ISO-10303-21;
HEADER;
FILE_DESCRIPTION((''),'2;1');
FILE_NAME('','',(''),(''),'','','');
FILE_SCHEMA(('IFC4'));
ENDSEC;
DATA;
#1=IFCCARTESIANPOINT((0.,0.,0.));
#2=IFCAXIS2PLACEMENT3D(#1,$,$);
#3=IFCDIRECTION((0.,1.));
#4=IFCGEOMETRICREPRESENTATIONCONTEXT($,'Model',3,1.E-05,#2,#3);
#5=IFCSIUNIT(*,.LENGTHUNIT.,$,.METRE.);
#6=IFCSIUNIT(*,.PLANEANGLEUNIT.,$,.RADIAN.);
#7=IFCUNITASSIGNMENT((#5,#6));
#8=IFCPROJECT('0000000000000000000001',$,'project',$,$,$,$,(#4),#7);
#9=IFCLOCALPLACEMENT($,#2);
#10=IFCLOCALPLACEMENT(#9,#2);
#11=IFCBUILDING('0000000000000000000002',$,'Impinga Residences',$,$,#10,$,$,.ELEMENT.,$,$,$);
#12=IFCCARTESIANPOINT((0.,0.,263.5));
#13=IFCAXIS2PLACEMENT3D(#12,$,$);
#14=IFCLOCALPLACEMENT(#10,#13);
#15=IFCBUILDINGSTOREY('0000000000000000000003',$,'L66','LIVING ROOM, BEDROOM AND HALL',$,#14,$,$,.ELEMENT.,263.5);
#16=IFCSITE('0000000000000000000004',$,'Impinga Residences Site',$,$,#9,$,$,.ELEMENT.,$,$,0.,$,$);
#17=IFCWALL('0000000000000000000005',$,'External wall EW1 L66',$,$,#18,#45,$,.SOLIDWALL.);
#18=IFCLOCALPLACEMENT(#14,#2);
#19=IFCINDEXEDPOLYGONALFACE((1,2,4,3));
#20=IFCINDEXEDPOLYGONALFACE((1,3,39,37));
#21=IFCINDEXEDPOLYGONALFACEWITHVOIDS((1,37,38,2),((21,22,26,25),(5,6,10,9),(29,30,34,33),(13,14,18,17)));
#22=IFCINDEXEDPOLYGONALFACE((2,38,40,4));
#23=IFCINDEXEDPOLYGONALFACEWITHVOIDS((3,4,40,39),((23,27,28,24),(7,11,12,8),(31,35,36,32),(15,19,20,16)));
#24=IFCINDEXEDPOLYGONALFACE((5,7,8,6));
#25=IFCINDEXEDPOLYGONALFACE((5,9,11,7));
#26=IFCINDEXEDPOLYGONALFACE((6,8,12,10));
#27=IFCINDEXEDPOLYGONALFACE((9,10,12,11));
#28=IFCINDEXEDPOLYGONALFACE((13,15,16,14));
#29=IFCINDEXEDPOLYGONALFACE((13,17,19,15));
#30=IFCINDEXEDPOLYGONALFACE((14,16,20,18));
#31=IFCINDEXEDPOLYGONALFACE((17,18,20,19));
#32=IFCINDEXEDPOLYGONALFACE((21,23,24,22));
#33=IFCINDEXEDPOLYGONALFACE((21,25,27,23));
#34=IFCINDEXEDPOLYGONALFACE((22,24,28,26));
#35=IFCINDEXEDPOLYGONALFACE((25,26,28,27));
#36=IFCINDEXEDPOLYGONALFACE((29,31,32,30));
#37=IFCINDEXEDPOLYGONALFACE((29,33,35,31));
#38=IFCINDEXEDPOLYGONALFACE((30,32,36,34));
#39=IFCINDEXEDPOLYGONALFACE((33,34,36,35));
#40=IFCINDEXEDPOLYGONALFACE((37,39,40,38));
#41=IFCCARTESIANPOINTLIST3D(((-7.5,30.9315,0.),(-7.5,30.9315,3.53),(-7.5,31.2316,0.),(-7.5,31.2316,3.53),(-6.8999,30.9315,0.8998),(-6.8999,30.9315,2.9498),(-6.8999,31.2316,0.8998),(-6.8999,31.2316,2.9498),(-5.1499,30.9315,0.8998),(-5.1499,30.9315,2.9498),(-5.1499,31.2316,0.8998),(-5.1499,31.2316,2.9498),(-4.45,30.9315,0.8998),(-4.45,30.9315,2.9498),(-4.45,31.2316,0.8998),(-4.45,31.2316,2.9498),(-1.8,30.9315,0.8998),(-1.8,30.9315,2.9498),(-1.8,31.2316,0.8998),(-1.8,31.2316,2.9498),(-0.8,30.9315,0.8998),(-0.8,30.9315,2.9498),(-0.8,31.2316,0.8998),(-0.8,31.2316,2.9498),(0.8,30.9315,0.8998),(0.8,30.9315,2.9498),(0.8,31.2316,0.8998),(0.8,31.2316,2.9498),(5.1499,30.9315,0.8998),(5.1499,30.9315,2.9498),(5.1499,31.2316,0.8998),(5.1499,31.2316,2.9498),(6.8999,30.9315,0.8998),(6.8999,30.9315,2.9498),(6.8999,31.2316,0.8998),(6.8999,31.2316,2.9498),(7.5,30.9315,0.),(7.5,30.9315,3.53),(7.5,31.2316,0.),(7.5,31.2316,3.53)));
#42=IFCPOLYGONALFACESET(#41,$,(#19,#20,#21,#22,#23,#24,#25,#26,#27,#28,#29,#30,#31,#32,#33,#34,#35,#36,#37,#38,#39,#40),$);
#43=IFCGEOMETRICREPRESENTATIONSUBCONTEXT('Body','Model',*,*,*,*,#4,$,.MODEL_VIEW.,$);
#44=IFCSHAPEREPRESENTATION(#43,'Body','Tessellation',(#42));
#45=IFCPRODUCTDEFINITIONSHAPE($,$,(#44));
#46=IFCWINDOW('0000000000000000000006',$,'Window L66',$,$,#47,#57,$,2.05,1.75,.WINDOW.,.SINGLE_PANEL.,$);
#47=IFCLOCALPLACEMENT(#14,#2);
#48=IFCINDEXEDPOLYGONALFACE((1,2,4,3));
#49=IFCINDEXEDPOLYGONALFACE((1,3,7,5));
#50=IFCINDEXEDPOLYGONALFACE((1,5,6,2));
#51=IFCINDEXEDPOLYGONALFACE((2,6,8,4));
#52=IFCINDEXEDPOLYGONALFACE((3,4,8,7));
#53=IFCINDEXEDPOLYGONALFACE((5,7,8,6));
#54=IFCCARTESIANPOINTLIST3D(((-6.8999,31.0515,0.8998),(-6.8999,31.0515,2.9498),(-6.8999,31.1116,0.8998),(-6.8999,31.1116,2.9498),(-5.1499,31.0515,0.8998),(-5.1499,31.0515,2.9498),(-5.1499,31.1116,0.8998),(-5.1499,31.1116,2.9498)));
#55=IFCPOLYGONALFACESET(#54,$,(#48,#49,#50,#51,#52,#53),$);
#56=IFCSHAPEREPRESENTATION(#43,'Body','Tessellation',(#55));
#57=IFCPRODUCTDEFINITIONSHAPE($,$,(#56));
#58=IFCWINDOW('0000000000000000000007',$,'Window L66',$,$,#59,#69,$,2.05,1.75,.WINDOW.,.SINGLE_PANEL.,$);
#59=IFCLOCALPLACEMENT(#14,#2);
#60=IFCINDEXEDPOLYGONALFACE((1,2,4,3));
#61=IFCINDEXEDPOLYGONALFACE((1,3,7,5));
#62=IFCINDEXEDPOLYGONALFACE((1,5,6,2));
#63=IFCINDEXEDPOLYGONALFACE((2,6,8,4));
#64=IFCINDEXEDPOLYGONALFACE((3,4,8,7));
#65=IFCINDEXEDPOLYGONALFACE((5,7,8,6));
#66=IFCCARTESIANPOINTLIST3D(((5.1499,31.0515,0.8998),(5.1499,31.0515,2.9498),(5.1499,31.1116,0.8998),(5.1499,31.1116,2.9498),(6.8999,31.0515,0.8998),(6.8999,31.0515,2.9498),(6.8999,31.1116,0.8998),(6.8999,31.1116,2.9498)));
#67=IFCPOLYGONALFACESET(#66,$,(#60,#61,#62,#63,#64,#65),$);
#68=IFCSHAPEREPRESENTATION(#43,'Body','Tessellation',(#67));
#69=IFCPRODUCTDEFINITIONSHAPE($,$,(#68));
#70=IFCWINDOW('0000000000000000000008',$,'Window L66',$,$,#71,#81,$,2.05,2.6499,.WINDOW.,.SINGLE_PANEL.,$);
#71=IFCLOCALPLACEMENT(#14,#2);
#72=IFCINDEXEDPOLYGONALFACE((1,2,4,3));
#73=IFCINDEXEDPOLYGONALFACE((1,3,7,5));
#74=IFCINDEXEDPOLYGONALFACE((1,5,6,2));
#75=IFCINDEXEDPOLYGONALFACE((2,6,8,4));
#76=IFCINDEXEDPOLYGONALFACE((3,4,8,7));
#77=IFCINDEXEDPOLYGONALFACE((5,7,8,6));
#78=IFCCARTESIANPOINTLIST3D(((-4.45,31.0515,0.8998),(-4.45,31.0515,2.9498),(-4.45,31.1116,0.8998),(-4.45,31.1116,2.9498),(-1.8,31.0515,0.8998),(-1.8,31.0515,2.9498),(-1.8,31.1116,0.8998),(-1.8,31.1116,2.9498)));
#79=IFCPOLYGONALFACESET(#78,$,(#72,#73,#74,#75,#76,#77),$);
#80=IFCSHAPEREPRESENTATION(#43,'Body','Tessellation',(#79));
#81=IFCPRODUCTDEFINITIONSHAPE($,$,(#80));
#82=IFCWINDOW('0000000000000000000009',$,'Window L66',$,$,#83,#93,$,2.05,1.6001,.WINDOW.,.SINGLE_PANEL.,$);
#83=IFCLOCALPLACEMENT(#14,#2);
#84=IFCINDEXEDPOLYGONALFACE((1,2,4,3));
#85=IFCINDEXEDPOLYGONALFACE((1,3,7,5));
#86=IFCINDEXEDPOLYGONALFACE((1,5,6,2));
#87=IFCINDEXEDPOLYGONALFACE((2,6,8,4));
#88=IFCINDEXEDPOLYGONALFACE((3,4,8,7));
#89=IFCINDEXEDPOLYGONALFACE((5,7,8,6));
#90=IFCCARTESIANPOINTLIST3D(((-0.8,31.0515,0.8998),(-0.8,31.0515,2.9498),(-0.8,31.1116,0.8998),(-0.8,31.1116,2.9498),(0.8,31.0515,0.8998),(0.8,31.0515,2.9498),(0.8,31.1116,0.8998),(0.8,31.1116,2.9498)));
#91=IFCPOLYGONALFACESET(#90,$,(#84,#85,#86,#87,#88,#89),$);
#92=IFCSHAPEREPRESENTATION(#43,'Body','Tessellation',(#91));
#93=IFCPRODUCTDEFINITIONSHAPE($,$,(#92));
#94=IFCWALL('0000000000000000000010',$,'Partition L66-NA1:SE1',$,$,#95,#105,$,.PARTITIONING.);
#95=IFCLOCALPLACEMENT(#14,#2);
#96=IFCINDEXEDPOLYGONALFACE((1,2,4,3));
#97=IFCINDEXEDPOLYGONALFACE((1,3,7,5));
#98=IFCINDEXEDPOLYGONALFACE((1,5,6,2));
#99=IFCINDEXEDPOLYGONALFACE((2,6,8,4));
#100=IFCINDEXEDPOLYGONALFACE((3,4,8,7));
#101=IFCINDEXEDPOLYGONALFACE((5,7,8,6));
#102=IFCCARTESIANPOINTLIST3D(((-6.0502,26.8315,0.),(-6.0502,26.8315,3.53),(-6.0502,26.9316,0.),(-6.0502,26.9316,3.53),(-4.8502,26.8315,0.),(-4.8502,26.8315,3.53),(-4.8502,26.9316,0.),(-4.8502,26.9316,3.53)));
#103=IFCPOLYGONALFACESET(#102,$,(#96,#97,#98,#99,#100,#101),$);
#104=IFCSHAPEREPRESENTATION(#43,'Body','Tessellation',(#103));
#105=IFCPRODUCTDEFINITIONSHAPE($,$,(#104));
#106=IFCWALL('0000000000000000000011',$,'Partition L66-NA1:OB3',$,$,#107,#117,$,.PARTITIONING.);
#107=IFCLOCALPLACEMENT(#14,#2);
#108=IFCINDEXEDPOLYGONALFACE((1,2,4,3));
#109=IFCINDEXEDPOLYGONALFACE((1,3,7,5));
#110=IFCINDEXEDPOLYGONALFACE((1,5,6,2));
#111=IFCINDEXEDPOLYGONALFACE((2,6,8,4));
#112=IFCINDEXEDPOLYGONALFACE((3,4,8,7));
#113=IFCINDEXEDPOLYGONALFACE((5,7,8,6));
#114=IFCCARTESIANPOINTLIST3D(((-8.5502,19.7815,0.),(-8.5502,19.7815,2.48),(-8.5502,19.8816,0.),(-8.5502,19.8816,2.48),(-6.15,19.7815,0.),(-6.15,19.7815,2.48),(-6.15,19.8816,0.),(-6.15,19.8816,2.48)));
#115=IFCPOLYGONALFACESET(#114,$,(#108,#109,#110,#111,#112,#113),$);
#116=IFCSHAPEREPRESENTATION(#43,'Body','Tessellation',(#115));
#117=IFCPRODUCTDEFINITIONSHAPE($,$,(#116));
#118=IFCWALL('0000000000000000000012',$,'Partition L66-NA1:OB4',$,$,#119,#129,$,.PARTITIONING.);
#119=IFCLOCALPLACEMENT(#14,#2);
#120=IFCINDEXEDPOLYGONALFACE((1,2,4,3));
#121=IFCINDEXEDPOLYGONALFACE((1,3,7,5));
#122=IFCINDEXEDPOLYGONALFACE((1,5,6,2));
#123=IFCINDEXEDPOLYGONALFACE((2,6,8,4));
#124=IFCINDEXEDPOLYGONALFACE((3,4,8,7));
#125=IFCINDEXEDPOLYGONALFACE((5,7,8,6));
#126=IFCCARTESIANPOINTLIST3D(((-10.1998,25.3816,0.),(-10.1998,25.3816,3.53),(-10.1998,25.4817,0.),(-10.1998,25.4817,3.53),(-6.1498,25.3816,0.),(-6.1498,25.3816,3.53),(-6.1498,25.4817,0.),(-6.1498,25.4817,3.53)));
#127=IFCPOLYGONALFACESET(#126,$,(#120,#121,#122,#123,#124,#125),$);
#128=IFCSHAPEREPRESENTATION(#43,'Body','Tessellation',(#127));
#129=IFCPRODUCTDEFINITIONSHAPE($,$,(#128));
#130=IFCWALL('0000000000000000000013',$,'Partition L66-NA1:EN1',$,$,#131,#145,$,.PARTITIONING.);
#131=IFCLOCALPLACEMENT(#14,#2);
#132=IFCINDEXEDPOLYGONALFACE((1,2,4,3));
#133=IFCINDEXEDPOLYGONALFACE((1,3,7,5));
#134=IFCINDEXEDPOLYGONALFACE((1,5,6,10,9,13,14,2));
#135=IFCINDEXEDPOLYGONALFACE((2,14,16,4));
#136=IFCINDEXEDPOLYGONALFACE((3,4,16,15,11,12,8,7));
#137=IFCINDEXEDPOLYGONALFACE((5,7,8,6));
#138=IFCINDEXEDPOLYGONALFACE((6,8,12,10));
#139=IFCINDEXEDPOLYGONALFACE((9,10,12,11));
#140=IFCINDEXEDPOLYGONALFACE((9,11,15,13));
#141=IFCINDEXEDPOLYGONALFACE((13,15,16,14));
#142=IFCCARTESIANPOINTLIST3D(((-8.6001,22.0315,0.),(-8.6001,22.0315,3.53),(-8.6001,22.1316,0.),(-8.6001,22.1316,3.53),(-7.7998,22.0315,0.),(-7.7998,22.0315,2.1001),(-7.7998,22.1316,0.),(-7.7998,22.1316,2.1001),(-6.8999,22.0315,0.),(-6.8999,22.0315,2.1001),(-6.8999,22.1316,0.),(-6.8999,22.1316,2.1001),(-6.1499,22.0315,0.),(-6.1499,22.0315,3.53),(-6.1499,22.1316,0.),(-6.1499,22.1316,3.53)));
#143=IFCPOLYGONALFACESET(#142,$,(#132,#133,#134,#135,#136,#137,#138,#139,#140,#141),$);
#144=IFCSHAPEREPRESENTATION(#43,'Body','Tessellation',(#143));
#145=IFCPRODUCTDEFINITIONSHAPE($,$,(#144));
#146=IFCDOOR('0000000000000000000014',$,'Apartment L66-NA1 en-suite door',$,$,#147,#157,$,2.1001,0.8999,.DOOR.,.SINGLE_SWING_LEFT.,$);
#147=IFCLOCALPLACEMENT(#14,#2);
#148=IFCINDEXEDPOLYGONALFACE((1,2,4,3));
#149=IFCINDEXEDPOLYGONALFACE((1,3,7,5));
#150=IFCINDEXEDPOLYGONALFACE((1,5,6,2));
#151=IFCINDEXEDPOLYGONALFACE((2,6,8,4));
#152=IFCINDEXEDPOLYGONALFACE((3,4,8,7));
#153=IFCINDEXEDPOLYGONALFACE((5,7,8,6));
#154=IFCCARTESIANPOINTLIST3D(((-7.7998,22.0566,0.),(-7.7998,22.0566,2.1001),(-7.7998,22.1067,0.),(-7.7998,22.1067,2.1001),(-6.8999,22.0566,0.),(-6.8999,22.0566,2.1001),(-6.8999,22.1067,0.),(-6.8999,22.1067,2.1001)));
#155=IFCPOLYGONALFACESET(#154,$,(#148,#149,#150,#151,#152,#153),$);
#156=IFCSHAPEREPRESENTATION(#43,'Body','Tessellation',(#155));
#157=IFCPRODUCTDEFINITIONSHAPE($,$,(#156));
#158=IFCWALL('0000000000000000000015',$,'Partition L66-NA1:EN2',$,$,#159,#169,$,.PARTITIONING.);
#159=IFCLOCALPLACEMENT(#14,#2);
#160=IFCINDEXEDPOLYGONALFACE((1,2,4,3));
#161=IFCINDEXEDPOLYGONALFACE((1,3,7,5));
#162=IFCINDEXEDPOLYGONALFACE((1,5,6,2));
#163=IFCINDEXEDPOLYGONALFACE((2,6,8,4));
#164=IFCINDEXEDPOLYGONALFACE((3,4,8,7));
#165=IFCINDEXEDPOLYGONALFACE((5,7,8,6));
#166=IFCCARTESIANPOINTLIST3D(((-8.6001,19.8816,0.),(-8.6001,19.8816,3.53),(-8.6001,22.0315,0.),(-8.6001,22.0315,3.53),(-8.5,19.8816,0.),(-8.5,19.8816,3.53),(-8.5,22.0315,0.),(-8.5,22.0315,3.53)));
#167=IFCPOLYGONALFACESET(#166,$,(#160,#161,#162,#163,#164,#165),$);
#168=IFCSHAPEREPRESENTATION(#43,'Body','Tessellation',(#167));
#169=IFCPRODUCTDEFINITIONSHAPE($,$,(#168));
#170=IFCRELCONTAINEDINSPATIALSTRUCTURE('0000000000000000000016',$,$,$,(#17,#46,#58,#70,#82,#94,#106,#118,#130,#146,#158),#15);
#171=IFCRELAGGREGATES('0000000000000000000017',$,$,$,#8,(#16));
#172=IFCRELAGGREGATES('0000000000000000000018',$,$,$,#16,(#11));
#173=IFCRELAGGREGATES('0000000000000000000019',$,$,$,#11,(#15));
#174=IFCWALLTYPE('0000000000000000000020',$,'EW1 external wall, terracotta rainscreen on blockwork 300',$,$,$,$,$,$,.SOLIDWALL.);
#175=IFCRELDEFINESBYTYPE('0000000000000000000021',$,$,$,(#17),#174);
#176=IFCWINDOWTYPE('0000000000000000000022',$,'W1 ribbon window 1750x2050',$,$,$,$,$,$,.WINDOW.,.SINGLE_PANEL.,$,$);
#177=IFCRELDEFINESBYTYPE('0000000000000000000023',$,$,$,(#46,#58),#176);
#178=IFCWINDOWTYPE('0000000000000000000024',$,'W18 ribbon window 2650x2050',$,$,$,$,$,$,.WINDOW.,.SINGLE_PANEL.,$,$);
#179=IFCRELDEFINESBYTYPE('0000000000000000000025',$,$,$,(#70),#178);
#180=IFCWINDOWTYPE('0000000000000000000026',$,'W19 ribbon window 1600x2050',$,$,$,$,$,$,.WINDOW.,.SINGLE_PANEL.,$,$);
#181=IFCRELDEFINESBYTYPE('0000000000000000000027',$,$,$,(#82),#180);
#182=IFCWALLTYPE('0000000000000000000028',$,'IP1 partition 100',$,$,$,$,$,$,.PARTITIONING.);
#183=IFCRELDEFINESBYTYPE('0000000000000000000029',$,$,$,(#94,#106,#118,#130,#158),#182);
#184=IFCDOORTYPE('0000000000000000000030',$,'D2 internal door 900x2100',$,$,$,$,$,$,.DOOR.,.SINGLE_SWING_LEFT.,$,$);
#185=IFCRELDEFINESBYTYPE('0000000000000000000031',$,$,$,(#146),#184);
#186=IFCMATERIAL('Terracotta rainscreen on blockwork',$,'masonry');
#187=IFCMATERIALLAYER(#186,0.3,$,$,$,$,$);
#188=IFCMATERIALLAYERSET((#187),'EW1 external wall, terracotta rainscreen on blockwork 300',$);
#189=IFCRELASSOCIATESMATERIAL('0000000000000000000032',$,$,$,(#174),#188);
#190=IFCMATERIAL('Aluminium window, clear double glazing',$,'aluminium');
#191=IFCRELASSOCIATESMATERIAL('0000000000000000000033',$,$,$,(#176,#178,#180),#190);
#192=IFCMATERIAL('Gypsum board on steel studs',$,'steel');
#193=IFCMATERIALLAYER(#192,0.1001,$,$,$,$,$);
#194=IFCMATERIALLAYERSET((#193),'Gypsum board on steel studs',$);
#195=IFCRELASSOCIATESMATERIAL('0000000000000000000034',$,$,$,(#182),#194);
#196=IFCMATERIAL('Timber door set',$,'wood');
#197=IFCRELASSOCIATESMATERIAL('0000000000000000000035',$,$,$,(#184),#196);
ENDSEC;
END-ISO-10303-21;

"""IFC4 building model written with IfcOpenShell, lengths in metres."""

from ifc_helpers import new_model, si_unit, direction, frame, frame_2d, origin, place, context, subcontext, project, spatial, rectangle, extrude, material, layer, layer_set, type_object, element, fill, save


model = new_model("IFC4")

# Units and contexts
model_context = context("Model", 3, precision=1e-05, world=origin(), true_north=direction((0.0, 1.0)))
body_context = subcontext(model_context, "Body", "Model", "MODEL_VIEW")
ifc_project = project(units=[si_unit("LENGTHUNIT", "METRE"), si_unit("PLANEANGLEUNIT", "RADIAN")], contexts=[model_context])

# Site, building, storey
site_placement = place(None, origin())
site = spatial("IfcSite", under=ifc_project, at=site_placement, Name="Impinga Residences Site", CompositionType="ELEMENT", RefElevation=0.0)
building_placement = place(site_placement, origin())
building = spatial("IfcBuilding", under=site, at=building_placement, Name="Impinga Residences", CompositionType="ELEMENT")
storey_placement = place(building_placement, frame((0.0, 0.0, 263.5)))
storey = spatial("IfcBuildingStorey", under=building, at=storey_placement, Name="L66", Description="LIVING ROOM, BEDROOM AND HALL", CompositionType="ELEMENT", Elevation=263.5)

# Shared definitions
ifc_material_1 = material(Name="Timber door set", Category="wood")

# Shared definitions
ifc_material_2 = material(Name="Terracotta rainscreen on blockwork", Category="masonry")
ifc_layer_1 = layer(ifc_material_2, 0.3)
ifc_layer_set_1 = layer_set([ifc_layer_1], Name="EW1 external wall, terracotta rainscreen on blockwork 300")
wall_type_1 = type_object("IfcWallType", Name="EW1 external wall, terracotta rainscreen on blockwork 300", PredefinedType="SOLIDWALL", material=ifc_layer_set_1)

# Wall, openings, windows
wall_1_placement = place(storey_placement, frame((-7.5, 31.0815, 0.0), z_axis=(0.0, 0.0, 1.0), x_axis=(1.0, 0.0, 0.0)))
wall_1 = element("IfcWall", 1, at=wall_1_placement, inside=storey, type_object=wall_type_1, Name="External wall EW1 L66", PredefinedType="SOLIDWALL", context=body_context, shape_type="SweptSolid", body=[
    extrude(rectangle(XDim=15.0, YDim=0.3, at=frame_2d((7.5, 0.0))), origin(), (0.0, 0.0, 1.0), 3.53),
])
opening_1_placement = place(wall_1_placement, frame((0.6001, 0.0, 0.8999)))
opening_1 = element("IfcOpeningElement", 2, at=opening_1_placement, cuts=wall_1, PredefinedType="OPENING", context=body_context, shape_type="SweptSolid", body=[
    extrude(rectangle(XDim=1.75, YDim=2.05, at=frame_2d((0.875, 1.0249))), frame((0.0, 0.1599, 0.0), z_axis=(0.0, -1.0, 0.0), x_axis=(1.0, 0.0, 0.0)), (0.0, 0.0, 1.0), 0.3201),
])
opening_2_placement = place(wall_1_placement, frame((3.05, 0.0, 0.8999)))
opening_2 = element("IfcOpeningElement", 3, at=opening_2_placement, cuts=wall_1, PredefinedType="OPENING", context=body_context, shape_type="SweptSolid", body=[
    extrude(rectangle(XDim=2.6499, YDim=2.05, at=frame_2d((1.325, 1.0249))), frame((0.0, 0.1599, 0.0), z_axis=(0.0, -1.0, 0.0), x_axis=(1.0, 0.0, 0.0)), (0.0, 0.0, 1.0), 0.3201),
])
opening_3_placement = place(wall_1_placement, frame((6.7, 0.0, 0.8999)))
opening_3 = element("IfcOpeningElement", 4, at=opening_3_placement, cuts=wall_1, PredefinedType="OPENING", context=body_context, shape_type="SweptSolid", body=[
    extrude(rectangle(XDim=1.6001, YDim=2.05, at=frame_2d((0.8, 1.0249))), frame((0.0, 0.1599, 0.0), z_axis=(0.0, -1.0, 0.0), x_axis=(1.0, 0.0, 0.0)), (0.0, 0.0, 1.0), 0.3201),
])
opening_4_placement = place(wall_1_placement, frame((12.6499, 0.0, 0.8999)))
opening_4 = element("IfcOpeningElement", 5, at=opening_4_placement, cuts=wall_1, PredefinedType="OPENING", context=body_context, shape_type="SweptSolid", body=[
    extrude(rectangle(XDim=1.75, YDim=2.05, at=frame_2d((0.875, 1.0249))), frame((0.0, 0.1599, 0.0), z_axis=(0.0, -1.0, 0.0), x_axis=(1.0, 0.0, 0.0)), (0.0, 0.0, 1.0), 0.3201),
])
ifc_material_3 = material(Name="Aluminium window, clear double glazing", Category="aluminium")
window_type_1 = type_object("IfcWindowType", Name="W1 ribbon window 1750x2050", PartitioningType="SINGLE_PANEL", PredefinedType="WINDOW", material=ifc_material_3)
window_1_placement = place(opening_1_placement, origin())
window_1 = element("IfcWindow", 6, at=window_1_placement, inside=storey, type_object=window_type_1, Name="Window L66", OverallHeight=2.05, OverallWidth=1.75, PartitioningType="SINGLE_PANEL", PredefinedType="WINDOW", context=body_context, shape_type="SweptSolid", body=[
    extrude(rectangle(XDim=1.75, YDim=2.05, at=frame_2d((0.875, 1.0249))), frame((0.0, 0.03, 0.0), z_axis=(0.0, -1.0, 0.0), x_axis=(1.0, 0.0, 0.0)), (0.0, 0.0, 1.0), 0.0601),
])
fill(opening_1, window_1)
window_2_placement = place(opening_4_placement, origin())
window_2 = element("IfcWindow", 7, at=window_2_placement, inside=storey, type_object=window_type_1, Name="Window L66", OverallHeight=2.05, OverallWidth=1.75, PartitioningType="SINGLE_PANEL", PredefinedType="WINDOW", context=body_context, shape_type="SweptSolid", body=[
    extrude(rectangle(XDim=1.75, YDim=2.05, at=frame_2d((0.875, 1.0249))), frame((0.0, 0.03, 0.0), z_axis=(0.0, -1.0, 0.0), x_axis=(1.0, 0.0, 0.0)), (0.0, 0.0, 1.0), 0.0601),
])
fill(opening_4, window_2)
window_type_2 = type_object("IfcWindowType", Name="W18 ribbon window 2650x2050", PartitioningType="SINGLE_PANEL", PredefinedType="WINDOW", material=ifc_material_3)
window_3_placement = place(opening_2_placement, origin())
window_3 = element("IfcWindow", 8, at=window_3_placement, inside=storey, type_object=window_type_2, Name="Window L66", OverallHeight=2.05, OverallWidth=2.6499, PartitioningType="SINGLE_PANEL", PredefinedType="WINDOW", context=body_context, shape_type="SweptSolid", body=[
    extrude(rectangle(XDim=2.6499, YDim=2.05, at=frame_2d((1.325, 1.0249))), frame((0.0, 0.03, 0.0), z_axis=(0.0, -1.0, 0.0), x_axis=(1.0, 0.0, 0.0)), (0.0, 0.0, 1.0), 0.0601),
])
fill(opening_2, window_3)
window_type_3 = type_object("IfcWindowType", Name="W19 ribbon window 1600x2050", PartitioningType="SINGLE_PANEL", PredefinedType="WINDOW", material=ifc_material_3)
window_4_placement = place(opening_3_placement, origin())
window_4 = element("IfcWindow", 9, at=window_4_placement, inside=storey, type_object=window_type_3, Name="Window L66", OverallHeight=2.05, OverallWidth=1.6001, PartitioningType="SINGLE_PANEL", PredefinedType="WINDOW", context=body_context, shape_type="SweptSolid", body=[
    extrude(rectangle(XDim=1.6001, YDim=2.05, at=frame_2d((0.8, 1.0249))), frame((0.0, 0.03, 0.0), z_axis=(0.0, -1.0, 0.0), x_axis=(1.0, 0.0, 0.0)), (0.0, 0.0, 1.0), 0.0601),
])
fill(opening_3, window_4)

# Walls
ifc_material_4 = material(Name="Gypsum board on steel studs", Category="steel")
ifc_layer_2 = layer(ifc_material_4, 0.1001)
ifc_layer_set_2 = layer_set([ifc_layer_2], Name="Gypsum board on steel studs")
wall_type_2 = type_object("IfcWallType", Name="IP1 partition 100", PredefinedType="PARTITIONING", material=ifc_layer_set_2)
wall_2_placement = place(storey_placement, frame((-4.8501, 26.8816, 0.0), z_axis=(0.0, 0.0, 1.0), x_axis=(-1.0, 0.0, 0.0)))
element("IfcWall", 10, at=wall_2_placement, inside=storey, type_object=wall_type_2, Name="Partition L66-NA1:SE1", PredefinedType="PARTITIONING", context=body_context, shape_type="SweptSolid", body=[
    extrude(rectangle(XDim=1.2, YDim=0.1001, at=frame_2d((0.6001, 0.0))), origin(), (0.0, 0.0, 1.0), 3.53),
])
wall_3_placement = place(storey_placement, frame((-6.1499, 19.8315, 0.0), z_axis=(0.0, 0.0, 1.0), x_axis=(-1.0, 0.0, 0.0)))
element("IfcWall", 11, at=wall_3_placement, inside=storey, type_object=wall_type_2, Name="Partition L66-NA1:OB3", PredefinedType="PARTITIONING", context=body_context, shape_type="SweptSolid", body=[
    extrude(rectangle(XDim=2.4001, YDim=0.1001, at=frame_2d((1.2002, 0.0))), origin(), (0.0, 0.0, 1.0), 2.48),
])
wall_4_placement = place(storey_placement, frame((-6.1499, 25.4316, 0.0), z_axis=(0.0, 0.0, 1.0), x_axis=(-1.0, 0.0, 0.0)))
element("IfcWall", 12, at=wall_4_placement, inside=storey, type_object=wall_type_2, Name="Partition L66-NA1:OB4", PredefinedType="PARTITIONING", context=body_context, shape_type="SweptSolid", body=[
    extrude(rectangle(XDim=4.05, YDim=0.1001, at=frame_2d((2.0249, 0.0))), origin(), (0.0, 0.0, 1.0), 3.53),
])

# Wall, opening, door
wall_5_placement = place(storey_placement, frame((-6.1499, 22.0815, 0.0), z_axis=(0.0, 0.0, 1.0), x_axis=(-1.0, 0.0, 0.0)))
wall_5 = element("IfcWall", 13, at=wall_5_placement, inside=storey, type_object=wall_type_2, Name="Partition L66-NA1:EN1", PredefinedType="PARTITIONING", context=body_context, shape_type="SweptSolid", body=[
    extrude(rectangle(XDim=2.4502, YDim=0.1001, at=frame_2d((1.2251, 0.0))), origin(), (0.0, 0.0, 1.0), 3.53),
])
opening_5_placement = place(wall_5_placement, frame((0.75, 0.0, 0.0)))
opening_5 = element("IfcOpeningElement", 14, at=opening_5_placement, cuts=wall_5, PredefinedType="OPENING", context=body_context, shape_type="SweptSolid", body=[
    extrude(rectangle(XDim=0.8999, YDim=2.1001, at=frame_2d((0.45, 1.05))), frame((0.0, 0.0601, 0.0), z_axis=(0.0, -1.0, 0.0), x_axis=(1.0, 0.0, 0.0)), (0.0, 0.0, 1.0), 0.1201),
])
door_type_1 = type_object("IfcDoorType", Name="D2 internal door 900x2100", OperationType="SINGLE_SWING_LEFT", PredefinedType="DOOR", material=ifc_material_1)
door_1_placement = place(opening_5_placement, origin())
door_1 = element("IfcDoor", 15, at=door_1_placement, inside=storey, type_object=door_type_1, Name="Apartment L66-NA1 en-suite door", OperationType="SINGLE_SWING_LEFT", OverallHeight=2.1001, OverallWidth=0.8999, PredefinedType="DOOR", context=body_context, shape_type="SweptSolid", body=[
    extrude(rectangle(XDim=0.8999, YDim=2.1001, at=frame_2d((0.45, 1.05))), frame((0.0, 0.0249, 0.0), z_axis=(0.0, -1.0, 0.0), x_axis=(1.0, 0.0, 0.0)), (0.0, 0.0, 1.0), 0.05),
])
fill(opening_5, door_1)

# Wall
wall_6_placement = place(storey_placement, frame((-8.55, 19.8816, 0.0), z_axis=(0.0, 0.0, 1.0), x_axis=(0.0, 1.0, 0.0)))
element("IfcWall", 16, at=wall_6_placement, inside=storey, type_object=wall_type_2, Name="Partition L66-NA1:EN2", PredefinedType="PARTITIONING", context=body_context, shape_type="SweptSolid", body=[
    extrude(rectangle(XDim=2.1499, YDim=0.1001, at=frame_2d((1.075, 0.0))), origin(), (0.0, 0.0, 1.0), 3.53),
])

save(model, "model.ifc")
